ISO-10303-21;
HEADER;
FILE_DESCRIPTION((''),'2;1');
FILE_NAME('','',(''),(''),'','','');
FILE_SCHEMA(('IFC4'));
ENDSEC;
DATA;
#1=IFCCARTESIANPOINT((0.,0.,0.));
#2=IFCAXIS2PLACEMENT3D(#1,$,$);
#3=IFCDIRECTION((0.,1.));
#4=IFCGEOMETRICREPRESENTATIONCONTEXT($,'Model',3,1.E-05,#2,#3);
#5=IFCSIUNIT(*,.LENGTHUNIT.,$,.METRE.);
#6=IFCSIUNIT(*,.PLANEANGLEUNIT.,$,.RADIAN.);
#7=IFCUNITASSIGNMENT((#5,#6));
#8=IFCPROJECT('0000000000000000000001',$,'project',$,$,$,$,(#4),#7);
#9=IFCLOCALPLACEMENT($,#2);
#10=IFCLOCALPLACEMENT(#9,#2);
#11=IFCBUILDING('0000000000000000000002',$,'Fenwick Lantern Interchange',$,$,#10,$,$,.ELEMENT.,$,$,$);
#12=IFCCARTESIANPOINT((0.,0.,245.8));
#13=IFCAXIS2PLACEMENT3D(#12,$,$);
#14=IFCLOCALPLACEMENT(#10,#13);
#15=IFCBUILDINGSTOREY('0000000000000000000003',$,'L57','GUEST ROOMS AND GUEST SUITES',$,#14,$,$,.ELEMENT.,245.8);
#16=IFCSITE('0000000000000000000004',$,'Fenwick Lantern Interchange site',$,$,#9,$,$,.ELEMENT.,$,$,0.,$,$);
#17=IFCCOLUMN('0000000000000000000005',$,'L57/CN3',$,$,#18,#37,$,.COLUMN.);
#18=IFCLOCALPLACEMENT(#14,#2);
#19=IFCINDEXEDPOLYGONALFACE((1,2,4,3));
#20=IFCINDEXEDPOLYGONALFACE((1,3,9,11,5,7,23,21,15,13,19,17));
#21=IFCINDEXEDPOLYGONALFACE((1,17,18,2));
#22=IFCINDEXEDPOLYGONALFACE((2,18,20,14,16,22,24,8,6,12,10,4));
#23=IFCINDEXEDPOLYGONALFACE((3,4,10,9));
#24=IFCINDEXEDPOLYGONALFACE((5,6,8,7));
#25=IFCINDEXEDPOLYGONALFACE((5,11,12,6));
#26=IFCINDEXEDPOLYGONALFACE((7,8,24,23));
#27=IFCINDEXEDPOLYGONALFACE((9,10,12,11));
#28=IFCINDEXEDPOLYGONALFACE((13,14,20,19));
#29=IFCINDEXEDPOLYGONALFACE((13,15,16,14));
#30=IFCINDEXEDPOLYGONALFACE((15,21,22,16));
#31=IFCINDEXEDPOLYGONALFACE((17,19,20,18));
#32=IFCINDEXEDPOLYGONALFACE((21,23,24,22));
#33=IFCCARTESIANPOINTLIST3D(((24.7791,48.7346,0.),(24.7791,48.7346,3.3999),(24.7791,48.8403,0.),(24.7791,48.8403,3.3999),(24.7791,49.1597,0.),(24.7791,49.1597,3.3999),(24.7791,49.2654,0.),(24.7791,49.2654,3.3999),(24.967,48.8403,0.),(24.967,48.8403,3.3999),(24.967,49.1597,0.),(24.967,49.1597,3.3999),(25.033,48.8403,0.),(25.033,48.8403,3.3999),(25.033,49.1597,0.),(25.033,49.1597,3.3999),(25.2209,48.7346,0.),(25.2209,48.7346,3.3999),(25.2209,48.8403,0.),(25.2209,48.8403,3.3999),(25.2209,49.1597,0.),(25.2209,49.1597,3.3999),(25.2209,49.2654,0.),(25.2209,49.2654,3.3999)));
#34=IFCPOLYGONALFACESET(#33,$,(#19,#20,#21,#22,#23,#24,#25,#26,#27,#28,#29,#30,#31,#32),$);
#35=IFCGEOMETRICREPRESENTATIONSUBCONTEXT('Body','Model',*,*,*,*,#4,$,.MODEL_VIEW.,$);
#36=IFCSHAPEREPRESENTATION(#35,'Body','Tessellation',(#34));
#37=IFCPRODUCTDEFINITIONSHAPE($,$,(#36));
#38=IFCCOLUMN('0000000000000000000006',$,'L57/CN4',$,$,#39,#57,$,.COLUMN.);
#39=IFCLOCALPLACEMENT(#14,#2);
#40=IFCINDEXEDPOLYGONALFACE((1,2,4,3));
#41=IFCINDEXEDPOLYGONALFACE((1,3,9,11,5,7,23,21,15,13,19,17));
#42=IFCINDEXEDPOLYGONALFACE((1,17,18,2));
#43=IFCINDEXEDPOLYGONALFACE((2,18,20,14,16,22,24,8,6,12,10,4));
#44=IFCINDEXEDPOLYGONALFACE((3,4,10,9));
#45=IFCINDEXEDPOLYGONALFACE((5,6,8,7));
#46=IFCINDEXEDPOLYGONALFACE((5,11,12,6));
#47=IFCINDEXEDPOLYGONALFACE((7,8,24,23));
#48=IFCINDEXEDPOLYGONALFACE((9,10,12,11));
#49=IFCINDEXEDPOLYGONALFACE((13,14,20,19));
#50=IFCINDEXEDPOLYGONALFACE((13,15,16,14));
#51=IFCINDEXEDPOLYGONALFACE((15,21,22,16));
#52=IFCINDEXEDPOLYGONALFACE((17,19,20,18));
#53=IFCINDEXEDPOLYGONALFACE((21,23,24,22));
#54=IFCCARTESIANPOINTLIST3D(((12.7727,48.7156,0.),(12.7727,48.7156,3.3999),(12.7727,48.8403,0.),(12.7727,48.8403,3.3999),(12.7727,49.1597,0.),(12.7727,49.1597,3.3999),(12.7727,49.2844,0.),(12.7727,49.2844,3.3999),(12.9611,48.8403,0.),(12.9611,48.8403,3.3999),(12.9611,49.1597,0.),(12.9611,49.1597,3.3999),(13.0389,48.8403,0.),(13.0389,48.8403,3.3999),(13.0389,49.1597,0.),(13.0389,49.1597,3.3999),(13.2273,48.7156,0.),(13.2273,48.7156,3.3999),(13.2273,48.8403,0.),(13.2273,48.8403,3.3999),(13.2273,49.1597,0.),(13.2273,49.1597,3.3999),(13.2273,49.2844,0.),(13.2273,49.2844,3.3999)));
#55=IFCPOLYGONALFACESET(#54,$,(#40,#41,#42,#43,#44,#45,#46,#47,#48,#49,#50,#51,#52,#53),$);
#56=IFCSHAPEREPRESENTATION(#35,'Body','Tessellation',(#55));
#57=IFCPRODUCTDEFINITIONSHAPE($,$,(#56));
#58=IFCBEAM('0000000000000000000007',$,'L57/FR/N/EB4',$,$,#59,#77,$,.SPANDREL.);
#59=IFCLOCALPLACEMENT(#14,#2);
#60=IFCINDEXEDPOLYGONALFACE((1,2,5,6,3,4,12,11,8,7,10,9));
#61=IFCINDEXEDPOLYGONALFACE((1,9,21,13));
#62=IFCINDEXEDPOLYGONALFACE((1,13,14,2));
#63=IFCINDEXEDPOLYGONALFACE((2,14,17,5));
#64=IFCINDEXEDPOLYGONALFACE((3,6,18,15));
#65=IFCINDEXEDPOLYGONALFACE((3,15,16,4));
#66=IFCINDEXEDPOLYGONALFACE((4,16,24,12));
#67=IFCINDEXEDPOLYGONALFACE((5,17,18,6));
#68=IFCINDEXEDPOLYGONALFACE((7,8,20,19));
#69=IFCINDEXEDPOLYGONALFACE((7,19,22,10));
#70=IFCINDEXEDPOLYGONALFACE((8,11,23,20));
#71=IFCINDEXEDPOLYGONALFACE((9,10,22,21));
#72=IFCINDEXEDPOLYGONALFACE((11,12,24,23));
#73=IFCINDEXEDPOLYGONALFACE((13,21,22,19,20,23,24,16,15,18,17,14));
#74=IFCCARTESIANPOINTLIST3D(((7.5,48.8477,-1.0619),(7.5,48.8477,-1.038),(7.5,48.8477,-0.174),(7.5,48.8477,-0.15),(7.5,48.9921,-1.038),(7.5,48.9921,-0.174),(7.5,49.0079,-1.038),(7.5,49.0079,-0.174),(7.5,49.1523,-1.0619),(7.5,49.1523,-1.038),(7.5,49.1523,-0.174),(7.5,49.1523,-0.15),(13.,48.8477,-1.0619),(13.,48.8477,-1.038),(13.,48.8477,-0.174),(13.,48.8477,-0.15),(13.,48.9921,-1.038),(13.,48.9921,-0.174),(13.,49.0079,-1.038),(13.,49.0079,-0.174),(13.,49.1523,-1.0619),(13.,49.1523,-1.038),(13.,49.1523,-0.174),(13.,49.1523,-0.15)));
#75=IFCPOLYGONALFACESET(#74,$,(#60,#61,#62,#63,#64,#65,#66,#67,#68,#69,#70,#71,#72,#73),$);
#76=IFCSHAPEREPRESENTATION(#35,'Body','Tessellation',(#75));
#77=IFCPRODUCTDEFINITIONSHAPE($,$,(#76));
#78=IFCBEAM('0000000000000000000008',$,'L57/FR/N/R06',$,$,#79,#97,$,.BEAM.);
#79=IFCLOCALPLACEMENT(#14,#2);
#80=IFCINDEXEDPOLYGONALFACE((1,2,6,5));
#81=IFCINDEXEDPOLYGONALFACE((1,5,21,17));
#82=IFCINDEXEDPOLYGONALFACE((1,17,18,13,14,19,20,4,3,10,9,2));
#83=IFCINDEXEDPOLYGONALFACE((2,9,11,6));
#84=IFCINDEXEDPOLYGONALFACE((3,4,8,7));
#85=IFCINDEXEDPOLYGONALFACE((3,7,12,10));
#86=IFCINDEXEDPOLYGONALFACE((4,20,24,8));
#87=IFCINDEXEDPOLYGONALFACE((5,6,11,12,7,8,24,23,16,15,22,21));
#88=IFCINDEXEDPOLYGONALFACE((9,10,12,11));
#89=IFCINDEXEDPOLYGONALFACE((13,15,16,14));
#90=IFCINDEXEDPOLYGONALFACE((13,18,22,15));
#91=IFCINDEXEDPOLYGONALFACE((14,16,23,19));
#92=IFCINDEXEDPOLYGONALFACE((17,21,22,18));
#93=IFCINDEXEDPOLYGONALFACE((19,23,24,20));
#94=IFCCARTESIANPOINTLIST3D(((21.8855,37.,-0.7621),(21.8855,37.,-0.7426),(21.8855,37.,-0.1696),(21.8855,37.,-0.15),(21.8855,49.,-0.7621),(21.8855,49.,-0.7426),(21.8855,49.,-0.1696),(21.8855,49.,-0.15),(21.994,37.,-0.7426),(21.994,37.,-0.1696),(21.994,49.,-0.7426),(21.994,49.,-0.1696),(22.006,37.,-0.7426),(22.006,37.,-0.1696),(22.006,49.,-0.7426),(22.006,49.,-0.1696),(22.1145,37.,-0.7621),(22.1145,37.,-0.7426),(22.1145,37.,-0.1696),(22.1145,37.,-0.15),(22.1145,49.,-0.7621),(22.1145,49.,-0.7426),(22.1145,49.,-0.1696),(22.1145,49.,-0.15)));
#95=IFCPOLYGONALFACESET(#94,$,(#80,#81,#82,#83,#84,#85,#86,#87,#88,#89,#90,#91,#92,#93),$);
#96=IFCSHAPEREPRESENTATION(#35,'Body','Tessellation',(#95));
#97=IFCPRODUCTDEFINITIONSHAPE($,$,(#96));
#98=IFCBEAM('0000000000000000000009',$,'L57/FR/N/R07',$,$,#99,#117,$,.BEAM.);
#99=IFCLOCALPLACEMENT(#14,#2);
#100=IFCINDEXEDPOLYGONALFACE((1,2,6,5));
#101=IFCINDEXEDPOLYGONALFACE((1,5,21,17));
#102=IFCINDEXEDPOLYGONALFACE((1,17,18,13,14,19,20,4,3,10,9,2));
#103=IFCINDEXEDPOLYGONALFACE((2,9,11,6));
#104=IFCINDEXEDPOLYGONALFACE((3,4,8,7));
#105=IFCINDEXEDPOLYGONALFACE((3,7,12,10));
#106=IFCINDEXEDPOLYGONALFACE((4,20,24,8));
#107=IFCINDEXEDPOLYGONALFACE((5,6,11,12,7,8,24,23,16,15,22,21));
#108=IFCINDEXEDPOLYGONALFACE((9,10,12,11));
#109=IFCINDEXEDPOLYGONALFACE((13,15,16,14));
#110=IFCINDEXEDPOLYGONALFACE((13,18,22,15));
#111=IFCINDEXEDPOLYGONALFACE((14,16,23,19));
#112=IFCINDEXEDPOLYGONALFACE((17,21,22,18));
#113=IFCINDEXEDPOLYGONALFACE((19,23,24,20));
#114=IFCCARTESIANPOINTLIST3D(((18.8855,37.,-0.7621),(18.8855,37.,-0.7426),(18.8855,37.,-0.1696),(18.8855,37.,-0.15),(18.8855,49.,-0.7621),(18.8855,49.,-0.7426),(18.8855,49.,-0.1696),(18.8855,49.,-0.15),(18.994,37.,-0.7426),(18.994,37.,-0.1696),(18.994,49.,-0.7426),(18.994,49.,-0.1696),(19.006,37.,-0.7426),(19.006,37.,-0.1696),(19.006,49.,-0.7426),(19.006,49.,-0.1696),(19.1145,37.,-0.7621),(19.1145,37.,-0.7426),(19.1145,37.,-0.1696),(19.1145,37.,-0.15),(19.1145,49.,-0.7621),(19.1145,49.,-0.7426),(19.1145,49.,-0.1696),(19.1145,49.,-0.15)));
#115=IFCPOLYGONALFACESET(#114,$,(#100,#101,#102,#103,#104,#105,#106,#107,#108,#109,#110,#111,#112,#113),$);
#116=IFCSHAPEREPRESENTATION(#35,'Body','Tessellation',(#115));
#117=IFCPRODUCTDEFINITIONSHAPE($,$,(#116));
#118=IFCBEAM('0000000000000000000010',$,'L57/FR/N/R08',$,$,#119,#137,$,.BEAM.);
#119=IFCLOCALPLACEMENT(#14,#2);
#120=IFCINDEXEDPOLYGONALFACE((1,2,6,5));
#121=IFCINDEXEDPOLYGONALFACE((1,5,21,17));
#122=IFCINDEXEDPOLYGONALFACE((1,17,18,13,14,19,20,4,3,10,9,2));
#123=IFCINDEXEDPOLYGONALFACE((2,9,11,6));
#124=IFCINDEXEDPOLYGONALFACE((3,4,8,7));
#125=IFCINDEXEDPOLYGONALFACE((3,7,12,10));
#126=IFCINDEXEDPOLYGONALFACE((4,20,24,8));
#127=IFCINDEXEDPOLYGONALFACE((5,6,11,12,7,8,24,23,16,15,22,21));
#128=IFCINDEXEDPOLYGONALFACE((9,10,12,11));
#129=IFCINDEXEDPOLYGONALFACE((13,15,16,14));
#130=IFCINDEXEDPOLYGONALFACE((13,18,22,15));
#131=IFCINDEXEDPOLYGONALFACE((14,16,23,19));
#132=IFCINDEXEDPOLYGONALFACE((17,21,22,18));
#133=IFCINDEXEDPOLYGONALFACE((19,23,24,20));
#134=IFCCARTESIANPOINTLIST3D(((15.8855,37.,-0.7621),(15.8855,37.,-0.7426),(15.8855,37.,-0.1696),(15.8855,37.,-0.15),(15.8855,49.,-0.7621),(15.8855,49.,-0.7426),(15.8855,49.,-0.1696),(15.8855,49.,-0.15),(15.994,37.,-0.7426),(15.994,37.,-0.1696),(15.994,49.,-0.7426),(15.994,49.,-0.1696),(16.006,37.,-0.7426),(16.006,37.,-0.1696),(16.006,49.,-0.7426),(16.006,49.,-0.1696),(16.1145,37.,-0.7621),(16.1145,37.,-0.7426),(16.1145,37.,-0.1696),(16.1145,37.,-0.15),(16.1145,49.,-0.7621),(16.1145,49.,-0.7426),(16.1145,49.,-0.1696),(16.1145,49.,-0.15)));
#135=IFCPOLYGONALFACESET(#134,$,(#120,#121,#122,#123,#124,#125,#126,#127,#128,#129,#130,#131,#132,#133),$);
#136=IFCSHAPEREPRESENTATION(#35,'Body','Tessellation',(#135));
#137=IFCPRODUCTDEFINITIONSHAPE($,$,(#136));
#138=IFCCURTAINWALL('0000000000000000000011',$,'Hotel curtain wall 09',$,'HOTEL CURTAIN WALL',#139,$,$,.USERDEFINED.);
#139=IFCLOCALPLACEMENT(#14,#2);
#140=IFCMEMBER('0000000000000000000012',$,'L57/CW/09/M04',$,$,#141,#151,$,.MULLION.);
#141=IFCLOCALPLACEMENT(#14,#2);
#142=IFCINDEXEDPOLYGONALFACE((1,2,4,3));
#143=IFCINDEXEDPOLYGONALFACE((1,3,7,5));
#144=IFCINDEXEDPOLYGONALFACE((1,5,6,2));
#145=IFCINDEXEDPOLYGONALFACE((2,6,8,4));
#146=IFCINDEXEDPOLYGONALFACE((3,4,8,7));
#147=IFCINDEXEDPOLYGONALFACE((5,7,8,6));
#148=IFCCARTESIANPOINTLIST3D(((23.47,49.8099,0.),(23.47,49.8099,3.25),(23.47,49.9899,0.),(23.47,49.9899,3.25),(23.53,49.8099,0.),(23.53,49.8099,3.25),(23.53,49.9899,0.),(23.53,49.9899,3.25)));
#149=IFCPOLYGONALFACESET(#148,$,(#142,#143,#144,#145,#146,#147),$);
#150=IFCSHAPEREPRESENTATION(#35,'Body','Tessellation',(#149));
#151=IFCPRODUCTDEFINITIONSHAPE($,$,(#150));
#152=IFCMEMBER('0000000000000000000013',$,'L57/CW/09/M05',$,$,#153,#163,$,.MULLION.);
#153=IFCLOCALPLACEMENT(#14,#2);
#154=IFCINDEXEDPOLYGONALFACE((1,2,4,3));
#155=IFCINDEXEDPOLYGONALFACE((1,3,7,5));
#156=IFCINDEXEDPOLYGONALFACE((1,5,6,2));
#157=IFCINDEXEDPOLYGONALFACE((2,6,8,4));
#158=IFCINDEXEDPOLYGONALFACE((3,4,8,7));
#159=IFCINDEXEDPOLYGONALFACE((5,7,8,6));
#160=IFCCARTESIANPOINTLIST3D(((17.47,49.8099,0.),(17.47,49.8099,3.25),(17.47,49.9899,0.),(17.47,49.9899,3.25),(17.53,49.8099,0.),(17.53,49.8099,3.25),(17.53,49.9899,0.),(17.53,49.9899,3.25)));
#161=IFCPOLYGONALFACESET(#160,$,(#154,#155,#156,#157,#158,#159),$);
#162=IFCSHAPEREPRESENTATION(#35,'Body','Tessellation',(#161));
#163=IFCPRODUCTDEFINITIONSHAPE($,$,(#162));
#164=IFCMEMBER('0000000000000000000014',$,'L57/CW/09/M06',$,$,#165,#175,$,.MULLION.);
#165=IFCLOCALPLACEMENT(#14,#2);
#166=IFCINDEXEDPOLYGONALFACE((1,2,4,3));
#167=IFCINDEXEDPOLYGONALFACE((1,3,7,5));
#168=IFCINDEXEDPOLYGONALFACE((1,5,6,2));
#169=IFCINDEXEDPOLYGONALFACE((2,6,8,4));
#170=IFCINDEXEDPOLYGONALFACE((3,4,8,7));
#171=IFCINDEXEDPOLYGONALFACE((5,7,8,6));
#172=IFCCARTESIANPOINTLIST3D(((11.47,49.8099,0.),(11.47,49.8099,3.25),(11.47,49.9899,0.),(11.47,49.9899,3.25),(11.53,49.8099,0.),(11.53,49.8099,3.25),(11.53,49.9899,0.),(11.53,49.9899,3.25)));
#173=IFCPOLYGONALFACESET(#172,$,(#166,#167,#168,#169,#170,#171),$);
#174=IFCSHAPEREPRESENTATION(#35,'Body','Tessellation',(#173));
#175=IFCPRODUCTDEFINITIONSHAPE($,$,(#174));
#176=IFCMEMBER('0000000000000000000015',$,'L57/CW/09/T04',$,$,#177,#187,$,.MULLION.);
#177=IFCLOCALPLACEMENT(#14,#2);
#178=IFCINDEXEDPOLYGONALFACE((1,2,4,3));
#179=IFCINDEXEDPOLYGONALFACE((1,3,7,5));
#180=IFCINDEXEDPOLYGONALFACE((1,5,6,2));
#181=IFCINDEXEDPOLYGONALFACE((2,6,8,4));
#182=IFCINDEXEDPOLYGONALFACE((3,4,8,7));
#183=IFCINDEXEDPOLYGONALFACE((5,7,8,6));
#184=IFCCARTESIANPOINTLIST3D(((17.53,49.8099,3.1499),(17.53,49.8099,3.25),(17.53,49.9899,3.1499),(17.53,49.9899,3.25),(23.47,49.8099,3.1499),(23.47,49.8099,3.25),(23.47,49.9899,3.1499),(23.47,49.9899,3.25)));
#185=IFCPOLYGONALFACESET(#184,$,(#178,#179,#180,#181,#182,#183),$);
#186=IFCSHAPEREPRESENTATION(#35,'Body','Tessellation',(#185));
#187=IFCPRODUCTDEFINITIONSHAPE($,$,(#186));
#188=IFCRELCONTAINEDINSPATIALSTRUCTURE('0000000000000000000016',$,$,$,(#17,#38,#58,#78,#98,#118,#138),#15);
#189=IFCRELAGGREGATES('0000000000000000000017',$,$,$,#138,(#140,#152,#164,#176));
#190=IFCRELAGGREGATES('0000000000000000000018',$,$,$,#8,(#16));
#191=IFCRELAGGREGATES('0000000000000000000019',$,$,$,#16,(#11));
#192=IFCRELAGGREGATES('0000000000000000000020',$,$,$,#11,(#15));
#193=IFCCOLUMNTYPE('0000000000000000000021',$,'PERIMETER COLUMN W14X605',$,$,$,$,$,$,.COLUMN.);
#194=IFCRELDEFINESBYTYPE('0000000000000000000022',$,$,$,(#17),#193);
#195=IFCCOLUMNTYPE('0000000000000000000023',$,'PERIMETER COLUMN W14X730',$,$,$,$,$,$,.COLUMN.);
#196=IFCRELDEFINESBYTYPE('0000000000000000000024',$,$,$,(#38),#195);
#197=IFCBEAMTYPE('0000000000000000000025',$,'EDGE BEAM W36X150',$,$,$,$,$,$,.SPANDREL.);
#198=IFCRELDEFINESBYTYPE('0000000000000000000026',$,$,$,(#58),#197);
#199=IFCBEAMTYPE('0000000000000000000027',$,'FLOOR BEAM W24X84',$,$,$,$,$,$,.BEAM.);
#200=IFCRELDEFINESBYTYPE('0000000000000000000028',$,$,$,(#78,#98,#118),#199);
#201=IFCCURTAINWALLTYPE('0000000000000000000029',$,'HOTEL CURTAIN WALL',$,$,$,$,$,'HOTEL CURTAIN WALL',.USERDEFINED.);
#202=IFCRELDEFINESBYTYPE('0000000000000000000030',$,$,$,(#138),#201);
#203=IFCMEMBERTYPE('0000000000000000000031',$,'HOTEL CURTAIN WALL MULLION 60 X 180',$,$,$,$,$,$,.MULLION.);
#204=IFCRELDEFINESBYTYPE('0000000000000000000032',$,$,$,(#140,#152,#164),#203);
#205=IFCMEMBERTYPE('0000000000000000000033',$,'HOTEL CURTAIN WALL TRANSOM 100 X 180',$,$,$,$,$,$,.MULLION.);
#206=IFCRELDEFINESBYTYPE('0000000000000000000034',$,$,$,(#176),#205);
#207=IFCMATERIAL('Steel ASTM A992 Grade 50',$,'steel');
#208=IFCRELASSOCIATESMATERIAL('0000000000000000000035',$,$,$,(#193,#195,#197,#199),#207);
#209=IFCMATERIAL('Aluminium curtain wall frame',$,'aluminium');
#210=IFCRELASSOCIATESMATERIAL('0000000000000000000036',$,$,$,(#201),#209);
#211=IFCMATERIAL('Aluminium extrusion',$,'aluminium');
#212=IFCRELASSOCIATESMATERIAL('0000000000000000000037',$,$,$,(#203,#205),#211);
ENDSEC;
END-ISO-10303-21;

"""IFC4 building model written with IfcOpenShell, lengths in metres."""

from ifc_helpers import new_model, si_unit, direction, frame, origin, origin_2d, place, context, subcontext, project, spatial, rectangle, i_section, extrude, material, material_profile, profile_set, type_object, element, aggregate, save


model = new_model("IFC4")

# Units and contexts
model_context = context("Model", 3, precision=1e-05, world=origin(), true_north=direction((0.0, 1.0)))
body_context = subcontext(model_context, "Body", "Model", "MODEL_VIEW")
ifc_project = project(units=[si_unit("LENGTHUNIT", "METRE"), si_unit("PLANEANGLEUNIT", "RADIAN")], contexts=[model_context])

# Site, building, storey
site_placement = place(None, origin())
site = spatial("IfcSite", under=ifc_project, at=site_placement, Name="Fenwick Lantern Interchange site", CompositionType="ELEMENT", RefElevation=0.0)
building_placement = place(site_placement, origin())
building = spatial("IfcBuilding", under=site, at=building_placement, Name="Fenwick Lantern Interchange", CompositionType="ELEMENT")
storey_placement = place(building_placement, frame((0.0, 0.0, 245.8)))
storey = spatial("IfcBuildingStorey", under=building, at=storey_placement, Name="L57", Description="GUEST ROOMS AND GUEST SUITES", CompositionType="ELEMENT", Elevation=245.8)

# Columns
ifc_material_1 = material(Name="Steel ASTM A992 Grade 50", Category="steel")
ifc_material_profile_1 = material_profile(ifc_material_1, i_section(OverallWidth=0.4419, OverallDepth=0.5308, WebThickness=0.0659, FlangeThickness=0.1057, at=origin_2d()), Name="W14X605")
ifc_profile_set_1 = profile_set([ifc_material_profile_1], Name="Steel ASTM A992 Grade 50")
column_type_1 = type_object("IfcColumnType", Name="PERIMETER COLUMN W14X605", PredefinedType="COLUMN", material=ifc_profile_set_1)
column_1_placement = place(storey_placement, frame((25.0, 49.0, 0.0), z_axis=(0.0, 0.0, 1.0), x_axis=(1.0, 0.0, 0.0)))
element("IfcColumn", 1, at=column_1_placement, inside=storey, type_object=column_type_1, Name="L57/CN3", PredefinedType="COLUMN", context=body_context, shape_type="SweptSolid", body=[
    extrude(i_section(OverallWidth=0.4419, OverallDepth=0.5308, WebThickness=0.0659, FlangeThickness=0.1057, at=origin_2d()), origin(), (0.0, 0.0, 1.0), 3.3999),
])
ifc_material_profile_2 = material_profile(ifc_material_1, i_section(OverallWidth=0.4546, OverallDepth=0.5688, WebThickness=0.0779, FlangeThickness=0.1248, at=origin_2d()), Name="W14X730")
ifc_profile_set_2 = profile_set([ifc_material_profile_2], Name="Steel ASTM A992 Grade 50")
column_type_2 = type_object("IfcColumnType", Name="PERIMETER COLUMN W14X730", PredefinedType="COLUMN", material=ifc_profile_set_2)
column_2_placement = place(storey_placement, frame((13.0, 49.0, 0.0), z_axis=(0.0, 0.0, 1.0), x_axis=(1.0, 0.0, 0.0)))
element("IfcColumn", 2, at=column_2_placement, inside=storey, type_object=column_type_2, Name="L57/CN4", PredefinedType="COLUMN", context=body_context, shape_type="SweptSolid", body=[
    extrude(i_section(OverallWidth=0.4546, OverallDepth=0.5688, WebThickness=0.0779, FlangeThickness=0.1248, at=origin_2d()), origin(), (0.0, 0.0, 1.0), 3.3999),
])

# Beams
ifc_material_profile_3 = material_profile(ifc_material_1, i_section(OverallWidth=0.3047, OverallDepth=0.9119, WebThickness=0.0159, FlangeThickness=0.0239, at=origin_2d()), Name="W36X150")
ifc_profile_set_3 = profile_set([ifc_material_profile_3], Name="Steel ASTM A992 Grade 50")
beam_type_1 = type_object("IfcBeamType", Name="EDGE BEAM W36X150", PredefinedType="SPANDREL", material=ifc_profile_set_3)
beam_1_placement = place(storey_placement, frame((13.0, 49.0, -0.606), z_axis=(-1.0, 0.0, 0.0), x_axis=(0.0, -1.0, 0.0)))
element("IfcBeam", 3, at=beam_1_placement, inside=storey, type_object=beam_type_1, Name="L57/FR/N/EB4", PredefinedType="SPANDREL", context=body_context, shape_type="SweptSolid", body=[
    extrude(i_section(OverallWidth=0.3047, OverallDepth=0.9119, WebThickness=0.0159, FlangeThickness=0.0239, at=origin_2d()), origin(), (0.0, 0.0, 1.0), 5.5),
])
ifc_material_profile_4 = material_profile(ifc_material_1, i_section(OverallWidth=0.229, OverallDepth=0.6121, WebThickness=0.012, FlangeThickness=0.0195, at=origin_2d()), Name="W24X84")
ifc_profile_set_4 = profile_set([ifc_material_profile_4], Name="Steel ASTM A992 Grade 50")
beam_type_2 = type_object("IfcBeamType", Name="FLOOR BEAM W24X84", PredefinedType="BEAM", material=ifc_profile_set_4)
for number, where, z_axis, x_axis, name in (
    (4, (22.0, 49.0, -0.4561), (0.0, -1.0, 0.0), (1.0, 0.0, 0.0), "L57/FR/N/R06"),
    (5, (19.0, 49.0, -0.4561), (0.0, -1.0, 0.0), (1.0, 0.0, 0.0), "L57/FR/N/R07"),
    (6, (16.0, 49.0, -0.4561), (0.0, -1.0, 0.0), (1.0, 0.0, 0.0), "L57/FR/N/R08"),
):
    element("IfcBeam", number, at=place(storey_placement, frame(where, z_axis=z_axis, x_axis=x_axis)), inside=storey, type_object=beam_type_2, Name=name, PredefinedType="BEAM", context=body_context, shape_type="SweptSolid", body=[
        extrude(i_section(OverallWidth=0.229, OverallDepth=0.6121, WebThickness=0.012, FlangeThickness=0.0195, at=origin_2d()), origin(), (0.0, 0.0, 1.0), 12.0),
    ])

# Curtain wall, members
ifc_material_2 = material(Name="Aluminium curtain wall frame", Category="aluminium")
curtain_wall_type = type_object("IfcCurtainWallType", Name="HOTEL CURTAIN WALL", ElementType="HOTEL CURTAIN WALL", PredefinedType="USERDEFINED", material=ifc_material_2)
curtain_wall_placement = place(storey_placement, origin())
curtain_wall = element("IfcCurtainWall", 7, at=curtain_wall_placement, inside=storey, type_object=curtain_wall_type, Name="Hotel curtain wall 09", ObjectType="HOTEL CURTAIN WALL", PredefinedType="USERDEFINED")
ifc_material_3 = material(Name="Aluminium extrusion", Category="aluminium")
ifc_material_profile_5 = material_profile(ifc_material_3, rectangle(XDim=0.1799, YDim=0.0601, at=origin_2d()), Name="HOTEL CURTAIN WALL MULLION 60 X 180")
ifc_profile_set_5 = profile_set([ifc_material_profile_5], Name="Aluminium extrusion")
member_type_1 = type_object("IfcMemberType", Name="HOTEL CURTAIN WALL MULLION 60 X 180", PredefinedType="MULLION", material=ifc_profile_set_5)
member_1_placement = place(storey_placement, frame((23.5, 49.8999, 0.0), z_axis=(0.0, 0.0, 1.0), x_axis=(0.0, -1.0, 0.0)))
member_1 = element("IfcMember", 8, at=member_1_placement, type_object=member_type_1, Name="L57/CW/09/M04", PredefinedType="MULLION", context=body_context, shape_type="SweptSolid", body=[
    extrude(rectangle(XDim=0.1799, YDim=0.0601, at=origin_2d()), origin(), (0.0, 0.0, 1.0), 3.25),
])
member_2_placement = place(storey_placement, frame((17.5, 49.8999, 0.0), z_axis=(0.0, 0.0, 1.0), x_axis=(0.0, -1.0, 0.0)))
member_2 = element("IfcMember", 9, at=member_2_placement, type_object=member_type_1, Name="L57/CW/09/M05", PredefinedType="MULLION", context=body_context, shape_type="SweptSolid", body=[
    extrude(rectangle(XDim=0.1799, YDim=0.0601, at=origin_2d()), origin(), (0.0, 0.0, 1.0), 3.25),
])
member_3_placement = place(storey_placement, frame((11.5, 49.8999, 0.0), z_axis=(0.0, 0.0, 1.0), x_axis=(0.0, -1.0, 0.0)))
member_3 = element("IfcMember", 10, at=member_3_placement, type_object=member_type_1, Name="L57/CW/09/M06", PredefinedType="MULLION", context=body_context, shape_type="SweptSolid", body=[
    extrude(rectangle(XDim=0.1799, YDim=0.0601, at=origin_2d()), origin(), (0.0, 0.0, 1.0), 3.25),
])
ifc_material_profile_6 = material_profile(ifc_material_3, rectangle(XDim=0.1799, YDim=0.1001, at=origin_2d()), Name="HOTEL CURTAIN WALL TRANSOM 100 X 180")
ifc_profile_set_6 = profile_set([ifc_material_profile_6], Name="Aluminium extrusion")
member_type_2 = type_object("IfcMemberType", Name="HOTEL CURTAIN WALL TRANSOM 100 X 180", PredefinedType="MULLION", material=ifc_profile_set_6)
member_4_placement = place(storey_placement, frame((23.47, 49.8999, 3.2), z_axis=(-1.0, 0.0, 0.0), x_axis=(0.0, -1.0, 0.0)))
member_4 = element("IfcMember", 11, at=member_4_placement, type_object=member_type_2, Name="L57/CW/09/T04", PredefinedType="MULLION", context=body_context, shape_type="SweptSolid", body=[
    extrude(rectangle(XDim=0.1799, YDim=0.1001, at=origin_2d()), origin(), (0.0, 0.0, 1.0), 5.9399),
])
aggregate(curtain_wall, [member_1, member_2, member_3, member_4])

save(model, "model.ifc")
